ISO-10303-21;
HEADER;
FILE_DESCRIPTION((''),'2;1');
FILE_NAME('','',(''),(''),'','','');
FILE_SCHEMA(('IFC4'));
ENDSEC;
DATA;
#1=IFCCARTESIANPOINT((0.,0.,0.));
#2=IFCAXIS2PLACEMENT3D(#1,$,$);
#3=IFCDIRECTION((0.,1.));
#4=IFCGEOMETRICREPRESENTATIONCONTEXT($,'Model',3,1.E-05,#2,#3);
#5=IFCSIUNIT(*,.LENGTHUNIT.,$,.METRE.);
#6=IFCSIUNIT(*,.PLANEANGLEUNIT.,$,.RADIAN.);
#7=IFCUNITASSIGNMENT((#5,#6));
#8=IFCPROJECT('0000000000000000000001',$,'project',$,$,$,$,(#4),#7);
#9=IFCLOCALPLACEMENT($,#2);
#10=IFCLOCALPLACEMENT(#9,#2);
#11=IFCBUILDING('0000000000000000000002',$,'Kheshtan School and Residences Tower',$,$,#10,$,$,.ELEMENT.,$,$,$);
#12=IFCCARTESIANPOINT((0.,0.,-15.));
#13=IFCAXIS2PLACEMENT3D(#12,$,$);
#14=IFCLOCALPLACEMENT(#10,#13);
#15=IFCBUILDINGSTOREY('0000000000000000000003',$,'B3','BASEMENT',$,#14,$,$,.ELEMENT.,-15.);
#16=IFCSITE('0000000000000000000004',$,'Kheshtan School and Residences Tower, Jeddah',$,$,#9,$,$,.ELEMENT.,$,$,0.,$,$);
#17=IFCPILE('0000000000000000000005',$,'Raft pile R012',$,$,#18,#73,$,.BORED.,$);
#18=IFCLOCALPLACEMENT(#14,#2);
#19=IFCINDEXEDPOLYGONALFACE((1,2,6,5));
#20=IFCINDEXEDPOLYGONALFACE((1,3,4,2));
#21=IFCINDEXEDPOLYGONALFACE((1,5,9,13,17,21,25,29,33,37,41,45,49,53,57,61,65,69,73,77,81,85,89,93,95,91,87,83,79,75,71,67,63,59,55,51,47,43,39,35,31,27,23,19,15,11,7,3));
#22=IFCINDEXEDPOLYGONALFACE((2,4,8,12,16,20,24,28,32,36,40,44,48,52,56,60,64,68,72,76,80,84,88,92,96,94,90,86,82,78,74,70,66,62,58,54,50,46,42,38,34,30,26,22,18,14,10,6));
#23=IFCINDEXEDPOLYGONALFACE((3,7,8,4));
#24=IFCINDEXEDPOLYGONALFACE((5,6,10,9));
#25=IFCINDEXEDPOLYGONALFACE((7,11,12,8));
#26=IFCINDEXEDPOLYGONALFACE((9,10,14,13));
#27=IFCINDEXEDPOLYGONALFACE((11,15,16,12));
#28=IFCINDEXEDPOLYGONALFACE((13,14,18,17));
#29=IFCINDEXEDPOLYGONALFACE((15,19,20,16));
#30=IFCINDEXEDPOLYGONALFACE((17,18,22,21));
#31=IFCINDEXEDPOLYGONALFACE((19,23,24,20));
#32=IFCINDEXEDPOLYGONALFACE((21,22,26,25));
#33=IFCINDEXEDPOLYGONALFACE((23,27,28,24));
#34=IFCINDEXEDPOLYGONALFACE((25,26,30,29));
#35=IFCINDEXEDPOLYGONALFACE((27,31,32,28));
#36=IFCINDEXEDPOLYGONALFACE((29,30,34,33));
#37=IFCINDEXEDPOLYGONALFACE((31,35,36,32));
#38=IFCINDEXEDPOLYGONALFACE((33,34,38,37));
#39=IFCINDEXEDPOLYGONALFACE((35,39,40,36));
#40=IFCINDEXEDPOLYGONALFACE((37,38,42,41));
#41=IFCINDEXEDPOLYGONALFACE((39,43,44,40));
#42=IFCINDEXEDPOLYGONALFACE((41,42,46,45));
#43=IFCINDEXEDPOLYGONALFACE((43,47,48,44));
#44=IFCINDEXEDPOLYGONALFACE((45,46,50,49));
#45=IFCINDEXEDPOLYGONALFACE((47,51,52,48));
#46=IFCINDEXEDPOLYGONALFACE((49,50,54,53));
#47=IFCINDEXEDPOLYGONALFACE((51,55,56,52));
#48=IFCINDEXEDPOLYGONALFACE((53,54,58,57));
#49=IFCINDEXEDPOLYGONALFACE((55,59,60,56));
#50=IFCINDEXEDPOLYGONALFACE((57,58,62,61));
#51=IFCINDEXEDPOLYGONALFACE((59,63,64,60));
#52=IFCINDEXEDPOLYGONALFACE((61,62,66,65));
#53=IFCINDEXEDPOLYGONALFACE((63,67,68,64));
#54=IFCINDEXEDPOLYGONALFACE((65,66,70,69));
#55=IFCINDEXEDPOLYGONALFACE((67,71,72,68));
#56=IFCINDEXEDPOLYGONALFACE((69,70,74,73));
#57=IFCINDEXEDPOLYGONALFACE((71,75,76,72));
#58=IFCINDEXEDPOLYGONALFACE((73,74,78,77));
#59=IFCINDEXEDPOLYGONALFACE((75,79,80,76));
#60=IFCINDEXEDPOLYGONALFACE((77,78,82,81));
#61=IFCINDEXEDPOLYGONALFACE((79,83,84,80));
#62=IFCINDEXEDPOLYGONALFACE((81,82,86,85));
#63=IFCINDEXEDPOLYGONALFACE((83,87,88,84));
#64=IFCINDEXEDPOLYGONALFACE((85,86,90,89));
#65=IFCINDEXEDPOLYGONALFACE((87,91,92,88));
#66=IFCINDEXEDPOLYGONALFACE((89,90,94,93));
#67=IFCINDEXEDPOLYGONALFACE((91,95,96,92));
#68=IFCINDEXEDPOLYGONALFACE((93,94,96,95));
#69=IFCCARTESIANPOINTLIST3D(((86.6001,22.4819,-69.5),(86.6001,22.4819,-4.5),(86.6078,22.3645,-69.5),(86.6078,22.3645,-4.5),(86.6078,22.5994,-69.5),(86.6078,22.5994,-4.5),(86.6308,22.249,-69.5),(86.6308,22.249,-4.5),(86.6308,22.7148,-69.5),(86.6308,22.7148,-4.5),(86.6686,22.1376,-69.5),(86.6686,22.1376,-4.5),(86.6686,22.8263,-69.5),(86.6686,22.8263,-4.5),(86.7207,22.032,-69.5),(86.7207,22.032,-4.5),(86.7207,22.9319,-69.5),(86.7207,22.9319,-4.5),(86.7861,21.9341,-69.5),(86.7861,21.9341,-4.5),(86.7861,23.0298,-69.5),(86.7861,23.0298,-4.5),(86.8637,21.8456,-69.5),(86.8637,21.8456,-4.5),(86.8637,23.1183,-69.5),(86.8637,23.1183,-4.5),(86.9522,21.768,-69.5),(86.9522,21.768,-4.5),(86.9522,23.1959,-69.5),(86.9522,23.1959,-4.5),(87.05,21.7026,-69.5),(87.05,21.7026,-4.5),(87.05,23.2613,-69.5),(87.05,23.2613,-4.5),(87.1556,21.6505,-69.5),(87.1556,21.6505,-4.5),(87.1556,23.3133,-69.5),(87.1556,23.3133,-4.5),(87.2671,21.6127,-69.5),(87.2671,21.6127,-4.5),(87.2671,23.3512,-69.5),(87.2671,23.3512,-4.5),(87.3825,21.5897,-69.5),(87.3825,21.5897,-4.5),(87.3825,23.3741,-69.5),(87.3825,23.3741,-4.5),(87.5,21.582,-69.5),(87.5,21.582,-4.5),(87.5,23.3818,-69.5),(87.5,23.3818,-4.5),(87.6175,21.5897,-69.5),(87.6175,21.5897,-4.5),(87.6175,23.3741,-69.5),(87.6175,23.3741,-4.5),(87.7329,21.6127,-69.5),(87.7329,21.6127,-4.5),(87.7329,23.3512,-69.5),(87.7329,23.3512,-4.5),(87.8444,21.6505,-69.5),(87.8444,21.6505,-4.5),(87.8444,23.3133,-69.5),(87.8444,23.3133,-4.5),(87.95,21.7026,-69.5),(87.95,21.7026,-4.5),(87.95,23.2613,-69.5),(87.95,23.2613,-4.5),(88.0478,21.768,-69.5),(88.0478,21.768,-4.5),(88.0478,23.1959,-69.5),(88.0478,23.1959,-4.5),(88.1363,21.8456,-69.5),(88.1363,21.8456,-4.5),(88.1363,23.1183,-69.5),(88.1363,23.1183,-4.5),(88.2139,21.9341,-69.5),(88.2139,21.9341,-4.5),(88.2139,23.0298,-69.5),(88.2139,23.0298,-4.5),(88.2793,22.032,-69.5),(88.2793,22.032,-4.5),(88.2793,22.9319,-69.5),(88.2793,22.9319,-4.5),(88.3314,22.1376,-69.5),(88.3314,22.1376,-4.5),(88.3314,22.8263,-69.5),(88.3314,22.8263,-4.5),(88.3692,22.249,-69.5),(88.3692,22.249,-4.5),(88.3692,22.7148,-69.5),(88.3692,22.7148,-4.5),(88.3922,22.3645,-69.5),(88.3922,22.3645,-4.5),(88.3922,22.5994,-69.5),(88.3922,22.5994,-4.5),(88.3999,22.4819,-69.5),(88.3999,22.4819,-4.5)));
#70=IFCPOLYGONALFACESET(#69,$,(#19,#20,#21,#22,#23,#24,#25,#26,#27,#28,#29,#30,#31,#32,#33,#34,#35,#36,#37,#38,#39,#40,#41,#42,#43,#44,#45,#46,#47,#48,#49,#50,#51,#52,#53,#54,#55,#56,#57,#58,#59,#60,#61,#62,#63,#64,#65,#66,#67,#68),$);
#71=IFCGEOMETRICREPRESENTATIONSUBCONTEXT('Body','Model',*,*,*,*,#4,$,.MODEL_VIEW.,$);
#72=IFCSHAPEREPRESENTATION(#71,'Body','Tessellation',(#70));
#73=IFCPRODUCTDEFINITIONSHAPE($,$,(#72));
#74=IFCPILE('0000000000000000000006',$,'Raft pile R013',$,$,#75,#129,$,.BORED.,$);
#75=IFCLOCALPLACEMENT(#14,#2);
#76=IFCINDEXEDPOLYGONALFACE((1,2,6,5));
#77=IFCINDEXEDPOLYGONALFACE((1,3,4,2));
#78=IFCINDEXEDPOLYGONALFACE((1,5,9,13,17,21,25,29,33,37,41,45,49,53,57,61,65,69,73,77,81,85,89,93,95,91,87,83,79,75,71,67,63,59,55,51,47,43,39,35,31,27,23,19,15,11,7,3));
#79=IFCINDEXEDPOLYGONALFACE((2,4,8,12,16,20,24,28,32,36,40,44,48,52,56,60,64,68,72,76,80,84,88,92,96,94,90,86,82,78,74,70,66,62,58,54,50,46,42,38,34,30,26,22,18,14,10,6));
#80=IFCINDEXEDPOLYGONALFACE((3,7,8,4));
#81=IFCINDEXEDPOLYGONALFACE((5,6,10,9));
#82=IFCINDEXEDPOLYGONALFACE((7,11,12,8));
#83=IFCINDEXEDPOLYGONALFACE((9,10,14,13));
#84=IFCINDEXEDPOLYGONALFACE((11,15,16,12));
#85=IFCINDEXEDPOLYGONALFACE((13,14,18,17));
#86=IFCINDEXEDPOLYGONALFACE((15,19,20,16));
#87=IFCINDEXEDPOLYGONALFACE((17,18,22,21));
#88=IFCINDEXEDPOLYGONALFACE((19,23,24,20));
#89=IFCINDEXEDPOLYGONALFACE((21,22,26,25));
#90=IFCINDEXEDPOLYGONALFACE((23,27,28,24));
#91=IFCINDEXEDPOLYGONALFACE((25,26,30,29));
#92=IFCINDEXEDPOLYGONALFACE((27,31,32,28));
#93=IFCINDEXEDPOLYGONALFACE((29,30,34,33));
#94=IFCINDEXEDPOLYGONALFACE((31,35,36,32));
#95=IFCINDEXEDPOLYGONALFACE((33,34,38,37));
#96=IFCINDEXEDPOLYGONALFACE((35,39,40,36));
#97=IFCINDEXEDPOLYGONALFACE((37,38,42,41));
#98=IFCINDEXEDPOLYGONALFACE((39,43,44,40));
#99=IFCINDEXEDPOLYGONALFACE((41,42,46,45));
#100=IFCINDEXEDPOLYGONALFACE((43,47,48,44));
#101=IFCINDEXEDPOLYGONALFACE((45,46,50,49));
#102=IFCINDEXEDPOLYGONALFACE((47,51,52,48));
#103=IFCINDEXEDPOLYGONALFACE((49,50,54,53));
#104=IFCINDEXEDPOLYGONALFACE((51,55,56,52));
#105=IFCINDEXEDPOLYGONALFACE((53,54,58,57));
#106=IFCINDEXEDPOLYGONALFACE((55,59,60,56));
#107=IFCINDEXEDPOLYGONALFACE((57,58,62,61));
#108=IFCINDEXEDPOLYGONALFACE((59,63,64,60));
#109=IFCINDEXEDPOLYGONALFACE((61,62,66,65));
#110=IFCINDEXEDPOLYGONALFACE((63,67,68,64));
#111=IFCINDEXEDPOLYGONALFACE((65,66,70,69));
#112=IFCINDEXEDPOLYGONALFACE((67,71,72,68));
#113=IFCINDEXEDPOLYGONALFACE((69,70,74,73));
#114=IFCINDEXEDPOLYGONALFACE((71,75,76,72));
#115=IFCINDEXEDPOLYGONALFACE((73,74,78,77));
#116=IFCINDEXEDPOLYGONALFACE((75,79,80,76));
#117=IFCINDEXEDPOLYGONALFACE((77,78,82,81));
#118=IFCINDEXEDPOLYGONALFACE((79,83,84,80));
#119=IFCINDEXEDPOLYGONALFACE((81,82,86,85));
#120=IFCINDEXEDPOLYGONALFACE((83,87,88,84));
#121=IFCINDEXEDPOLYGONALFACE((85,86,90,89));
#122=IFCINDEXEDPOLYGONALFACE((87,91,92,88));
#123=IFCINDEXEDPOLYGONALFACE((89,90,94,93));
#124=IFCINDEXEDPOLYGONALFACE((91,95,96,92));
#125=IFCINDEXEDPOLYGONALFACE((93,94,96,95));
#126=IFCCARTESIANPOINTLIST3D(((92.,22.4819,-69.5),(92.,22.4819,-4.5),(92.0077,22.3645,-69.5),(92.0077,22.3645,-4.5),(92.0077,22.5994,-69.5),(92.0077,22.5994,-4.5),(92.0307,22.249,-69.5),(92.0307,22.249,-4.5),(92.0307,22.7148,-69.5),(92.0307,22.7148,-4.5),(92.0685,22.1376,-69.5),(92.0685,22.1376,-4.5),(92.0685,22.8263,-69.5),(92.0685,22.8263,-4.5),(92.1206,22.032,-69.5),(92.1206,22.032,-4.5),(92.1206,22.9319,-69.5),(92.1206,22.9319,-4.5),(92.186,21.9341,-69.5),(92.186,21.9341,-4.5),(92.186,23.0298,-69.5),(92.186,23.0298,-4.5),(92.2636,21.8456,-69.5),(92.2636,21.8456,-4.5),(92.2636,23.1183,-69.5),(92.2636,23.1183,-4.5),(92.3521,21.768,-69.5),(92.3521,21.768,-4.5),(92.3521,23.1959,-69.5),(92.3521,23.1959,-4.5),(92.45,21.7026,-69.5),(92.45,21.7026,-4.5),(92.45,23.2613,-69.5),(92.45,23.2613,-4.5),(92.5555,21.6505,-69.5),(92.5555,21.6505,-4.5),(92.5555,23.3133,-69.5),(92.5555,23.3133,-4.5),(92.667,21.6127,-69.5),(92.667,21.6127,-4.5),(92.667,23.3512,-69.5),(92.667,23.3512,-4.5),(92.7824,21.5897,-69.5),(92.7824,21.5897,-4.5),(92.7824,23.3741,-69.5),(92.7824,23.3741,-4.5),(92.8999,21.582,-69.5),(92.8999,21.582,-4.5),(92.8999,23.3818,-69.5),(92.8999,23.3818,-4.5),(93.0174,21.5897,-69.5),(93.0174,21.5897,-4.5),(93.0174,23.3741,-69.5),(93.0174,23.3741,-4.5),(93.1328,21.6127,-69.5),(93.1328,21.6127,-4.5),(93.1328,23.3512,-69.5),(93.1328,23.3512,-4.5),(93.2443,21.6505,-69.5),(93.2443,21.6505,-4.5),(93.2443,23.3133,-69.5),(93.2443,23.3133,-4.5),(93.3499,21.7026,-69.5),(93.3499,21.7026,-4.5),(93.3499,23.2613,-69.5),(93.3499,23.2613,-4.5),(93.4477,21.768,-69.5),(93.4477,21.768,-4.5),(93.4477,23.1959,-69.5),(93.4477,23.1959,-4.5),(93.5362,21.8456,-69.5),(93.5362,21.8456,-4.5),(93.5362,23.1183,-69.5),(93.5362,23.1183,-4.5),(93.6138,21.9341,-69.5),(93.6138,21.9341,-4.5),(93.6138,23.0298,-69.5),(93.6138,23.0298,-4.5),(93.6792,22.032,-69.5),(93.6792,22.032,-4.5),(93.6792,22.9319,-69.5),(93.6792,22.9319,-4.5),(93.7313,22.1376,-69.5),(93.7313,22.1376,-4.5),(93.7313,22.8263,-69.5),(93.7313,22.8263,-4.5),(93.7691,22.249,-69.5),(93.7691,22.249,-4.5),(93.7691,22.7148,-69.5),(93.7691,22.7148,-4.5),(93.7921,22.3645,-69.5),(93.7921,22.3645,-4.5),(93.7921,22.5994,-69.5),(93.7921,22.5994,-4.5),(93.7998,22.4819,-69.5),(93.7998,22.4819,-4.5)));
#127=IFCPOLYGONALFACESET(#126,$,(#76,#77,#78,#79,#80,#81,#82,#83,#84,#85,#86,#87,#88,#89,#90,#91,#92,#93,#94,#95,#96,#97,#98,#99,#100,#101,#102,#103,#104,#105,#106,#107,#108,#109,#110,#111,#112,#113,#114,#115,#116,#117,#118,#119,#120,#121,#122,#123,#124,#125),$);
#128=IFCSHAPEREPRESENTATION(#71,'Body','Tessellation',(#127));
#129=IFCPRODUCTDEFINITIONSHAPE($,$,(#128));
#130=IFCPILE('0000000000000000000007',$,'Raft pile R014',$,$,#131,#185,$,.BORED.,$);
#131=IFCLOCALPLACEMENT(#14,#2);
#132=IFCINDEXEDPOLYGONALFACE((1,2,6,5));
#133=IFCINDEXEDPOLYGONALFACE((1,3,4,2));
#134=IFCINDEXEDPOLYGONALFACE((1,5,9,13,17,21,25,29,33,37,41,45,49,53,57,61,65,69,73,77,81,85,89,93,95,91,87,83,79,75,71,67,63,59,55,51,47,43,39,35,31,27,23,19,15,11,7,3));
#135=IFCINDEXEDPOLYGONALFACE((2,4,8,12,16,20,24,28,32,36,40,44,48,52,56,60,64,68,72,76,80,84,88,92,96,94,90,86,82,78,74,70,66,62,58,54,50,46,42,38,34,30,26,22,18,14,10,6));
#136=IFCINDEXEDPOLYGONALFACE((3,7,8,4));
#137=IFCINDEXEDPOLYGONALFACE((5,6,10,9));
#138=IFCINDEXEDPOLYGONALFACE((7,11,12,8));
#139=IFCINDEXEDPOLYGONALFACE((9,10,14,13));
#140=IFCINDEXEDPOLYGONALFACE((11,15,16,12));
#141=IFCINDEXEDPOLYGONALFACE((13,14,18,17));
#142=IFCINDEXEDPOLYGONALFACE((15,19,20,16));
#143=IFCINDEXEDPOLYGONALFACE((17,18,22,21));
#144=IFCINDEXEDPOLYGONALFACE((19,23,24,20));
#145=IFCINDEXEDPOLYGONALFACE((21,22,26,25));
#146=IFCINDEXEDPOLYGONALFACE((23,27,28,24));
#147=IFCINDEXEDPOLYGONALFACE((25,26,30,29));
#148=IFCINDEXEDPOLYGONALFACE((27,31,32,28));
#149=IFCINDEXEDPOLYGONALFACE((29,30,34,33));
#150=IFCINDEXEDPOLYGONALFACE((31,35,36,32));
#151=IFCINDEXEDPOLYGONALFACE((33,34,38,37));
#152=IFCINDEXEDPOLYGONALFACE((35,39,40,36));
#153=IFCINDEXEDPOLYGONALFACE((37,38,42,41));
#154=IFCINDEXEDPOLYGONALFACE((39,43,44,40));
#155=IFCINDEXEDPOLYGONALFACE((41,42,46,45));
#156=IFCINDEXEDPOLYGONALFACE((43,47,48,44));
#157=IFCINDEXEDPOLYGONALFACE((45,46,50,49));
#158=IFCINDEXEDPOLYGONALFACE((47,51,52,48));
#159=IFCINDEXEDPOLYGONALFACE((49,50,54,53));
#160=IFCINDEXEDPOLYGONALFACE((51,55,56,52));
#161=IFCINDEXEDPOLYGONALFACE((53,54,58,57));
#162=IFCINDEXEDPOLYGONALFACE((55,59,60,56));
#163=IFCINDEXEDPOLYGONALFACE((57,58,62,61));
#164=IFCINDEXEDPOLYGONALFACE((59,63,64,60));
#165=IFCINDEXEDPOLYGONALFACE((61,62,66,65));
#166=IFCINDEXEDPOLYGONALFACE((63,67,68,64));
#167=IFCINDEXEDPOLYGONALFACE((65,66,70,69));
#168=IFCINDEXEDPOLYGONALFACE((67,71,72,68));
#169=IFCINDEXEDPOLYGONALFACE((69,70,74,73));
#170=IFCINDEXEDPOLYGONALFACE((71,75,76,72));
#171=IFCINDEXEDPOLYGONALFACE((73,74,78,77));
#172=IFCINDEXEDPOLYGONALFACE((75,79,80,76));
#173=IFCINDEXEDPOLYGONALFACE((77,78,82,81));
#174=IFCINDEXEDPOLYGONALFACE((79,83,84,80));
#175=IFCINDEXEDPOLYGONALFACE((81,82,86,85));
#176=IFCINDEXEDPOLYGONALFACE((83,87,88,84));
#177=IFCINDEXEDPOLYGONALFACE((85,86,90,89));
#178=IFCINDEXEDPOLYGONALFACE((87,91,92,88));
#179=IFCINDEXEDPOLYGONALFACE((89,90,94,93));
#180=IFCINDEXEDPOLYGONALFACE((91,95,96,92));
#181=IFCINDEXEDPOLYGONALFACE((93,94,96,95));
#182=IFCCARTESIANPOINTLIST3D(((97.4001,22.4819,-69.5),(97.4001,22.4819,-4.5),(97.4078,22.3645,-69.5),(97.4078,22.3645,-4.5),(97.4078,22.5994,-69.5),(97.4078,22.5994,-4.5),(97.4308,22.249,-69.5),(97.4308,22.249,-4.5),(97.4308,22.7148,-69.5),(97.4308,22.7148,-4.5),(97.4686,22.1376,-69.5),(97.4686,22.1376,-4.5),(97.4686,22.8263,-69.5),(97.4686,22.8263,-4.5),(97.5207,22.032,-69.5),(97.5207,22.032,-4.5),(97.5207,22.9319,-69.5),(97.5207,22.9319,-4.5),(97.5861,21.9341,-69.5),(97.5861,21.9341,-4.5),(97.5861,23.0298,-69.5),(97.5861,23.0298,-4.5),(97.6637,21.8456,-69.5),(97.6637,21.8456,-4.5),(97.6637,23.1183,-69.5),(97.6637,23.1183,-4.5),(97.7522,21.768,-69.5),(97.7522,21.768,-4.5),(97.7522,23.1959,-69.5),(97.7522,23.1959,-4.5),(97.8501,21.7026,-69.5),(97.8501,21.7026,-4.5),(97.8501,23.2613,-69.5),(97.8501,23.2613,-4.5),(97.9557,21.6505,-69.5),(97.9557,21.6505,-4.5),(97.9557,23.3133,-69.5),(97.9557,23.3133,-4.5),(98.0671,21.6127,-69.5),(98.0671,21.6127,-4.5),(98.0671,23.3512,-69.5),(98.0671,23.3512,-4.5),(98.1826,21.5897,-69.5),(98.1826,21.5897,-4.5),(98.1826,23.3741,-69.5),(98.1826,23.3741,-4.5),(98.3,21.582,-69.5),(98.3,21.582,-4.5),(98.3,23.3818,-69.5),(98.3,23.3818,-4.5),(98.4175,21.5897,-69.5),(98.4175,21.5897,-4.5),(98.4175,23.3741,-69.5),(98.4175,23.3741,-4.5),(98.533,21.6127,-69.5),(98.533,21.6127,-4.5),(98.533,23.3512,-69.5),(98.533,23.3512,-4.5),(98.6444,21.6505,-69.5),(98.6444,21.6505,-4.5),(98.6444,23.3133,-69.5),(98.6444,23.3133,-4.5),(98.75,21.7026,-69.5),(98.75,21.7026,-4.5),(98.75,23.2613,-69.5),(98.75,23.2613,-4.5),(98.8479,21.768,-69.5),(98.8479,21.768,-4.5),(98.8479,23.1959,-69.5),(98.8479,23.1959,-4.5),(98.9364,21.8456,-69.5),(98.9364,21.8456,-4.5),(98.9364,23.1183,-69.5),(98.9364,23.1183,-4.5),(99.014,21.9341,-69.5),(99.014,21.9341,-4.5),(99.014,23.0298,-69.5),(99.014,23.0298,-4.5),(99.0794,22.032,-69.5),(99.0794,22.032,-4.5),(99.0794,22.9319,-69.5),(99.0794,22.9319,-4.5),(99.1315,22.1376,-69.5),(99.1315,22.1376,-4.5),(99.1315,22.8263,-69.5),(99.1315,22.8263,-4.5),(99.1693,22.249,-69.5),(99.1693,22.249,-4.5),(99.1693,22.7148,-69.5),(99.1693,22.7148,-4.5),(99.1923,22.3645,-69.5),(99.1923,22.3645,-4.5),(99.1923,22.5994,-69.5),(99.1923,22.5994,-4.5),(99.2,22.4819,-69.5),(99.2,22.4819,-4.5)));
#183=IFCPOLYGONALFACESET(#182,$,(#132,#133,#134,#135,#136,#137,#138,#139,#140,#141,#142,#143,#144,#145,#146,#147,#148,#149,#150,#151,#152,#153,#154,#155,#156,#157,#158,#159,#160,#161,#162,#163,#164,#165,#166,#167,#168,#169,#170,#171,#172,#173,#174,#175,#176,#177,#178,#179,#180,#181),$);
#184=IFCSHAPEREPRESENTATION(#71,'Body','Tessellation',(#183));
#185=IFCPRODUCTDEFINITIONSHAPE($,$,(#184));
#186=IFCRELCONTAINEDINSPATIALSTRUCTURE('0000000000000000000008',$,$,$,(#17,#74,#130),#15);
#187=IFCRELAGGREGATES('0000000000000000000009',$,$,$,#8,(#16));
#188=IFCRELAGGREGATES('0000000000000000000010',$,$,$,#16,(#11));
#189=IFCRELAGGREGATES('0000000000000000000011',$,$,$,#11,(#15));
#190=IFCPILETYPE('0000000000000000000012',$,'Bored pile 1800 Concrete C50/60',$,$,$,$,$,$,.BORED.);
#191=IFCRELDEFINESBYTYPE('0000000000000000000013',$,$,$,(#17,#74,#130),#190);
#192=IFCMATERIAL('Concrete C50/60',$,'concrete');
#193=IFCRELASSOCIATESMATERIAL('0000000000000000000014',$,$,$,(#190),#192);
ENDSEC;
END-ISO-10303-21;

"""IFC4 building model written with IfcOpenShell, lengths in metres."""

from ifc_helpers import new_model, si_unit, direction, frame, origin, origin_2d, place, context, subcontext, project, spatial, circle, extrude, material, material_profile, profile_set, type_object, element, save


model = new_model("IFC4")

# Units and contexts
model_context = context("Model", 3, precision=1e-05, world=origin(), true_north=direction((0.0, 1.0)))
body_context = subcontext(model_context, "Body", "Model", "MODEL_VIEW")
ifc_project = project(units=[si_unit("LENGTHUNIT", "METRE"), si_unit("PLANEANGLEUNIT", "RADIAN")], contexts=[model_context])

# Site, building, storey
site_placement = place(None, origin())
site = spatial("IfcSite", under=ifc_project, at=site_placement, Name="Kheshtan School and Residences Tower, Jeddah", CompositionType="ELEMENT", RefElevation=0.0)
building_placement = place(site_placement, origin())
building = spatial("IfcBuilding", under=site, at=building_placement, Name="Kheshtan School and Residences Tower", CompositionType="ELEMENT")
storey_placement = place(building_placement, frame((0.0, 0.0, -15.0)))
storey = spatial("IfcBuildingStorey", under=building, at=storey_placement, Name="B3", Description="BASEMENT", CompositionType="ELEMENT", Elevation=-15.0)

# Piles
ifc_material_1 = material(Name="Concrete C50/60", Category="concrete")
ifc_material_profile_1 = material_profile(ifc_material_1, circle(Radius=0.8999, at=origin_2d()), Name="BP 1800")
ifc_profile_set_1 = profile_set([ifc_material_profile_1], Name="Concrete C50/60")
pile_type_1 = type_object("IfcPileType", Name="Bored pile 1800 Concrete C50/60", PredefinedType="BORED", material=ifc_profile_set_1)
for number, where, z_axis, x_axis, name in (
    (1, (87.5, 22.4819, -4.5), (0.0, 0.0, -1.0), (1.0, 0.0, 0.0), "Raft pile R012"),
    (2, (92.8999, 22.4819, -4.5), (0.0, 0.0, -1.0), (1.0, 0.0, 0.0), "Raft pile R013"),
    (3, (98.3, 22.4819, -4.5), (0.0, 0.0, -1.0), (1.0, 0.0, 0.0), "Raft pile R014"),
):
    element("IfcPile", number, at=place(storey_placement, frame(where, z_axis=z_axis, x_axis=x_axis)), inside=storey, type_object=pile_type_1, Name=name, PredefinedType="BORED", context=body_context, shape_type="SweptSolid", body=[
        extrude(circle(Radius=0.8999, at=origin_2d()), origin(), (0.0, 0.0, 1.0), 65.0),
    ])

save(model, "model.ifc")
